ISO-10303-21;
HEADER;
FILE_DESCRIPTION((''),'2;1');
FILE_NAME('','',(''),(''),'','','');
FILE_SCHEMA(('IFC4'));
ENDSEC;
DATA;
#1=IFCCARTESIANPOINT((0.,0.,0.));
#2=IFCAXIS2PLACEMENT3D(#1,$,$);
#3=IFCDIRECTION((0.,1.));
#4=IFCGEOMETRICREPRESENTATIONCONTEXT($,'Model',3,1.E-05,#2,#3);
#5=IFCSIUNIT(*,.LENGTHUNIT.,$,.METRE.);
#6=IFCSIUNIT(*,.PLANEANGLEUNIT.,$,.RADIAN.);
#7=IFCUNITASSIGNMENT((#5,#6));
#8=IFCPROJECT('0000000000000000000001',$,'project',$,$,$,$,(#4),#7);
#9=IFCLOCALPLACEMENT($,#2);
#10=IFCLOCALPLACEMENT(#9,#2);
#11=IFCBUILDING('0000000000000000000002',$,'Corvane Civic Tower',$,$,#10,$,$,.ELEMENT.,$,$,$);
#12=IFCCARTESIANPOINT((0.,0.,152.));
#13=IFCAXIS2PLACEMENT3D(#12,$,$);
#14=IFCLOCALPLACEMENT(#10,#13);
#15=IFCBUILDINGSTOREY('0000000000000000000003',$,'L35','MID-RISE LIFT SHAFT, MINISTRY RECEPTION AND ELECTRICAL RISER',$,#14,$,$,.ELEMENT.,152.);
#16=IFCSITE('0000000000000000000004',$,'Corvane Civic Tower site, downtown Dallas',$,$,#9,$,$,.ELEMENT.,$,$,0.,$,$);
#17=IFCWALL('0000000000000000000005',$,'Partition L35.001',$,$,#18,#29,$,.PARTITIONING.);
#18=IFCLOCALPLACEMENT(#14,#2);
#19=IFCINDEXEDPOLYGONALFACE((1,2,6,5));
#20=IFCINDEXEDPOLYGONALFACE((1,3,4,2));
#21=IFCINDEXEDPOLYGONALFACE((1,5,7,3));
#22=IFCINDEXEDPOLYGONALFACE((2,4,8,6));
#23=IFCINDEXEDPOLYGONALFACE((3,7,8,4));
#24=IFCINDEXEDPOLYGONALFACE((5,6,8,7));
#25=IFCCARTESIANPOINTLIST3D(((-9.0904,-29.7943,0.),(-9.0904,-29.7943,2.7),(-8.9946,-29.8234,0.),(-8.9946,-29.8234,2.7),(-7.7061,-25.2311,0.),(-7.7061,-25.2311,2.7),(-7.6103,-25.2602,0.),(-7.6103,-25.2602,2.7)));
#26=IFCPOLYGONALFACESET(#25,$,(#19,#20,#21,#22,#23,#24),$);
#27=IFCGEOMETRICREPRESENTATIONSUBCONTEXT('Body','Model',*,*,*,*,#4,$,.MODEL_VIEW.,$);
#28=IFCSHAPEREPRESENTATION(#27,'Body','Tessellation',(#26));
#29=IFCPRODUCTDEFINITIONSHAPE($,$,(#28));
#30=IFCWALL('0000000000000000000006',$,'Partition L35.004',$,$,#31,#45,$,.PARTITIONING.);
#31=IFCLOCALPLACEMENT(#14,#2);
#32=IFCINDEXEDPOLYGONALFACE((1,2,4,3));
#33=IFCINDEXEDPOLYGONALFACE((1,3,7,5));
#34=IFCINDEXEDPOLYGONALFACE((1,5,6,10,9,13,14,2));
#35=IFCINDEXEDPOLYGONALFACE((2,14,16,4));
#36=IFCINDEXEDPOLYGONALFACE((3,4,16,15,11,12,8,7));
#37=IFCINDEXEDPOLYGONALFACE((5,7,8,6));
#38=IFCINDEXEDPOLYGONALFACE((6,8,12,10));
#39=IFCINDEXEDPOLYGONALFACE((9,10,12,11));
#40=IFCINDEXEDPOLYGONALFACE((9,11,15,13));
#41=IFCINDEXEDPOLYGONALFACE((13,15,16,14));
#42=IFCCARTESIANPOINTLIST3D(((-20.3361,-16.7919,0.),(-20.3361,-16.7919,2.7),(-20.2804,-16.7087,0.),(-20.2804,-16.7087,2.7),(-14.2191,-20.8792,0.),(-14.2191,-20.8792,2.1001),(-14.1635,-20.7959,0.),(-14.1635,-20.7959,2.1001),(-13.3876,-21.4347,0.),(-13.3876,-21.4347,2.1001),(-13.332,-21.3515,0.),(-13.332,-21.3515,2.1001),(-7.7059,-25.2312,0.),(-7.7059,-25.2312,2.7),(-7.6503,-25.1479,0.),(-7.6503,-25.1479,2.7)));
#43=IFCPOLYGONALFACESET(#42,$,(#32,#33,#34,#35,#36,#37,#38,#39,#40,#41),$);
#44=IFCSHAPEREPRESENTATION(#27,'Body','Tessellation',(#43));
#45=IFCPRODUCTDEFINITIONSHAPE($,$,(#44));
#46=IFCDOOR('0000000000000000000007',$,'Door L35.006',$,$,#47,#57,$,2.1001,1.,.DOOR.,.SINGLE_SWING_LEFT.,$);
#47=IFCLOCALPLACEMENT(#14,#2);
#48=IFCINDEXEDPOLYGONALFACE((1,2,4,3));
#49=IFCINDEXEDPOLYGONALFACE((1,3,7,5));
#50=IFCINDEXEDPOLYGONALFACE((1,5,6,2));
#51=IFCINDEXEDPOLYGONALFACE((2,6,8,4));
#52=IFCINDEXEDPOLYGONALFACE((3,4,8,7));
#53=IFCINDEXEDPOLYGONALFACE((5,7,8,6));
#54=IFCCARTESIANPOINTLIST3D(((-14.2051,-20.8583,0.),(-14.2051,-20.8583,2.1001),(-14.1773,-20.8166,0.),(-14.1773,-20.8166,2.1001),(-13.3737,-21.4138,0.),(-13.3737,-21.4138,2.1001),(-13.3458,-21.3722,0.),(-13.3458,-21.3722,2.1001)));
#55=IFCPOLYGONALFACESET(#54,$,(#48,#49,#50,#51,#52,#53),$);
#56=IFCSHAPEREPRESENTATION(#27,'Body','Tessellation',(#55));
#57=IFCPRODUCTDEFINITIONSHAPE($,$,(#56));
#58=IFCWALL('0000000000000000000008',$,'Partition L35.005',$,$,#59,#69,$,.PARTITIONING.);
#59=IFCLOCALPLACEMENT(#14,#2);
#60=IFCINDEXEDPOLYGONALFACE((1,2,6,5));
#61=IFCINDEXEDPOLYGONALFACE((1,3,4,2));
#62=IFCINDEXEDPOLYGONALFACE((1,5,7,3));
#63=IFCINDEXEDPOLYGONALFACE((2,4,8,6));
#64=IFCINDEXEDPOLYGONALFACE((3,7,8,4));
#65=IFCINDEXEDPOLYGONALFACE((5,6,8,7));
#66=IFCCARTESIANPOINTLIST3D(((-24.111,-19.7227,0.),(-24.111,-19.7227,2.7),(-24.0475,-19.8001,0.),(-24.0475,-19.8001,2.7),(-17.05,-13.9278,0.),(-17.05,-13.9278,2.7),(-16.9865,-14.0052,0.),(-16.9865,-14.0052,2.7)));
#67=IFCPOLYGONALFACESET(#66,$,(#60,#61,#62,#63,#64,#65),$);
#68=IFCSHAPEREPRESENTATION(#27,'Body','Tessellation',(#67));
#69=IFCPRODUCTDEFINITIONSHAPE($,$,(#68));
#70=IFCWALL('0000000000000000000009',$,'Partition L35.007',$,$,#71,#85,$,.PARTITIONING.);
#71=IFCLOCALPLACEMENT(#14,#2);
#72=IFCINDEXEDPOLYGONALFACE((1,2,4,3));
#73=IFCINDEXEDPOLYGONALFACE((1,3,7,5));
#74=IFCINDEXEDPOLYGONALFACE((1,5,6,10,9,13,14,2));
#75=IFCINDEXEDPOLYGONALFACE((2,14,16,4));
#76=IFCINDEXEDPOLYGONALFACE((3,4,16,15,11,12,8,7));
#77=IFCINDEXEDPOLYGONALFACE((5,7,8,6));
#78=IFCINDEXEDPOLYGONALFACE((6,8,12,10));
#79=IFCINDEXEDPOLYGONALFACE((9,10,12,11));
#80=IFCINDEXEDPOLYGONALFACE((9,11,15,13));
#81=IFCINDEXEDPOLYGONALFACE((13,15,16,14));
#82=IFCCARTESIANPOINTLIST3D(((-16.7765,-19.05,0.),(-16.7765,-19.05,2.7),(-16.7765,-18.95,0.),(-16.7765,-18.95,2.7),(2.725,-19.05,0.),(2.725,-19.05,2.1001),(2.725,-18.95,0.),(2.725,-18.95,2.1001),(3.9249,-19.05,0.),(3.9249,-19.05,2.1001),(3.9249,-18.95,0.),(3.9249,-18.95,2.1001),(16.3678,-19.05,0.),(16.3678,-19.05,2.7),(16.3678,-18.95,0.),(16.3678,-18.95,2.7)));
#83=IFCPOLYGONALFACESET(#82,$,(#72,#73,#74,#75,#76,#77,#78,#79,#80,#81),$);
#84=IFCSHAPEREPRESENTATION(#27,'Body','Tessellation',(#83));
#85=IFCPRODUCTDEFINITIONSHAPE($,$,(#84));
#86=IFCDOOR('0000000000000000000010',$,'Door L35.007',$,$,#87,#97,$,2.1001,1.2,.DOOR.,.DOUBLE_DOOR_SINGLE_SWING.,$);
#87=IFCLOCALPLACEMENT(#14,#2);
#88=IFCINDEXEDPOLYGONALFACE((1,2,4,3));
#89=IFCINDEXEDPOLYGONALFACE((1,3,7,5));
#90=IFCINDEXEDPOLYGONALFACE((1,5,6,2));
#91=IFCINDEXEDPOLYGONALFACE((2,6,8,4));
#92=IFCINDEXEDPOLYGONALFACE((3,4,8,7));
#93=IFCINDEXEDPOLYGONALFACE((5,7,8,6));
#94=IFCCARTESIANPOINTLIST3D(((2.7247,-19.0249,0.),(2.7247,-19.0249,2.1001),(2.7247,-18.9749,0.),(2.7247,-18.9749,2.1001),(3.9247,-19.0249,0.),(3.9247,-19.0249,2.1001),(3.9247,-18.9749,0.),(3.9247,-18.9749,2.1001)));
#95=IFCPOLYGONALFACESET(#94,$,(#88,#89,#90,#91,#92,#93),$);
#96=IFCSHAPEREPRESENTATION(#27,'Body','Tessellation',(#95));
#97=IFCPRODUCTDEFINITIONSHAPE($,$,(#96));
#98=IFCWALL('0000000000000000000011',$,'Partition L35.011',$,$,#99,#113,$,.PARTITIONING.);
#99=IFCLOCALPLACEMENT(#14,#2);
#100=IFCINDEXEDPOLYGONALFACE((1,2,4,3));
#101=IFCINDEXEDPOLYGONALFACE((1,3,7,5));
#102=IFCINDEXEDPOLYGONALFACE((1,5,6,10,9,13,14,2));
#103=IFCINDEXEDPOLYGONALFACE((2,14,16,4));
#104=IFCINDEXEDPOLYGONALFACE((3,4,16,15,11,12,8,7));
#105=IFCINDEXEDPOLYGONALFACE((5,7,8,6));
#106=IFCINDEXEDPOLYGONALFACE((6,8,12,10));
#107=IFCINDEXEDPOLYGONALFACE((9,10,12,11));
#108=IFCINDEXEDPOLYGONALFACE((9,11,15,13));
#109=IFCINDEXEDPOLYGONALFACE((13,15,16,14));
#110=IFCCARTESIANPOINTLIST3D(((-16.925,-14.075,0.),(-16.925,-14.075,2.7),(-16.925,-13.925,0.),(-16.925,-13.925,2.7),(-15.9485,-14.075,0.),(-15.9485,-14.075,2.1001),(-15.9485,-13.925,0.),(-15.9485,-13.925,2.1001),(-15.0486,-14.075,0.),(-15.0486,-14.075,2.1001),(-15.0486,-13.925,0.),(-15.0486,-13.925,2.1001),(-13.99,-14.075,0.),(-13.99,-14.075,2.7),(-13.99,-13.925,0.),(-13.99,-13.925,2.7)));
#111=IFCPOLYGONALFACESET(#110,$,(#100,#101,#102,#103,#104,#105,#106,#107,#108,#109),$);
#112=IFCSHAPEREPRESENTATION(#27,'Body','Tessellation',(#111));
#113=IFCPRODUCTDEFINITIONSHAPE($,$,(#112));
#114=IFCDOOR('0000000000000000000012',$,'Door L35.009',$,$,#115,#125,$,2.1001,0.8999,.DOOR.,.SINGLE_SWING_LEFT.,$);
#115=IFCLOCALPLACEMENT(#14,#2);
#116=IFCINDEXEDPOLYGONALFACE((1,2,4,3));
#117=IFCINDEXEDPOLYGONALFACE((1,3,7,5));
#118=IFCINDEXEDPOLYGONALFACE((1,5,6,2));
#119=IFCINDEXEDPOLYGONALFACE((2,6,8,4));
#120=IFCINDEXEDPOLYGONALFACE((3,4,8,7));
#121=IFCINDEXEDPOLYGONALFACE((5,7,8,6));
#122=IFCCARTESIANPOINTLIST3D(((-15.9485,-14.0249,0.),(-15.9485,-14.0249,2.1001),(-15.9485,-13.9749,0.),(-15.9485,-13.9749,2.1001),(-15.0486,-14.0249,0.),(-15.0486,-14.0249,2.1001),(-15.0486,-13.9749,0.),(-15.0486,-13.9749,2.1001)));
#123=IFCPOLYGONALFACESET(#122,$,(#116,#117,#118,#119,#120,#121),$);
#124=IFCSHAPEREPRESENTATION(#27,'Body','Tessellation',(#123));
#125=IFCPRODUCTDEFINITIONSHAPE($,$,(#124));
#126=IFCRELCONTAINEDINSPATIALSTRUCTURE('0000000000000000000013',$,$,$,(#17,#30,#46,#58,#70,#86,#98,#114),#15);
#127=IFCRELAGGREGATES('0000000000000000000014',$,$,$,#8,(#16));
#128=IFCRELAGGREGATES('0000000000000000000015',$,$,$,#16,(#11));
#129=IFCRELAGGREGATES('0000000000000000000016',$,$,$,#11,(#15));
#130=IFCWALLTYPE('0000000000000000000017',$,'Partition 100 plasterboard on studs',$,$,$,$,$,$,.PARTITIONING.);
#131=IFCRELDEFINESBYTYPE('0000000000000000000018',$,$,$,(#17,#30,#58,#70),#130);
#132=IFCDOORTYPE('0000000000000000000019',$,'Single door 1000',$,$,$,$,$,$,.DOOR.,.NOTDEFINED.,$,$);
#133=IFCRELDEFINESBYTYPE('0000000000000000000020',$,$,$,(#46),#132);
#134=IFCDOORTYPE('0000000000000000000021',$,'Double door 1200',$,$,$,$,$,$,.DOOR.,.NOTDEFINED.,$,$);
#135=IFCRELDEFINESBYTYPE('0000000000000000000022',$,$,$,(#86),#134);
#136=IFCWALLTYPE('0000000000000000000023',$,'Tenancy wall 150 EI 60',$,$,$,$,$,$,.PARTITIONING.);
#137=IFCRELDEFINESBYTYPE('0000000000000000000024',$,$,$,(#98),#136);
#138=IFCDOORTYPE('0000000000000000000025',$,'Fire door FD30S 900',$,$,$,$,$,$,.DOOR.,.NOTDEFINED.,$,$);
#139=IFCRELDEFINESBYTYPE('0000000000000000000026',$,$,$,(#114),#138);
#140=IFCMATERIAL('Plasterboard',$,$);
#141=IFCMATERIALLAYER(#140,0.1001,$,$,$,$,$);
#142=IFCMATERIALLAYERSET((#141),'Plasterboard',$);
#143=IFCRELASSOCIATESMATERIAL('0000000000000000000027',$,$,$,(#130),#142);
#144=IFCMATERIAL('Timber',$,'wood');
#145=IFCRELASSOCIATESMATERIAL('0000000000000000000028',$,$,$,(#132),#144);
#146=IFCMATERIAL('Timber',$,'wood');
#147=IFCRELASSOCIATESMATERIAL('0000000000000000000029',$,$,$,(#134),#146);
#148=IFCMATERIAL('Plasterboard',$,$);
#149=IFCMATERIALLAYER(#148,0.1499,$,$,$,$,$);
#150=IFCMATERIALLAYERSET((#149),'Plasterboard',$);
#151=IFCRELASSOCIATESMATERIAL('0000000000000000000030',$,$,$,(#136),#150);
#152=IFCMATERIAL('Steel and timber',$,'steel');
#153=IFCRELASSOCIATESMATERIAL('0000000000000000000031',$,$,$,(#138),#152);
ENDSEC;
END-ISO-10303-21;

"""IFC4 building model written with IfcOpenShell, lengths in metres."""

from ifc_helpers import new_model, si_unit, direction, frame, frame_2d, origin, place, context, subcontext, project, spatial, rectangle, extrude, material, layer, layer_set, type_object, element, fill, save


model = new_model("IFC4")

# Units and contexts
model_context = context("Model", 3, precision=1e-05, world=origin(), true_north=direction((0.0, 1.0)))
body_context = subcontext(model_context, "Body", "Model", "MODEL_VIEW")
ifc_project = project(units=[si_unit("LENGTHUNIT", "METRE"), si_unit("PLANEANGLEUNIT", "RADIAN")], contexts=[model_context])

# Site, building, storey
site_placement = place(None, origin())
site = spatial("IfcSite", under=ifc_project, at=site_placement, Name="Corvane Civic Tower site, downtown Dallas", CompositionType="ELEMENT", RefElevation=0.0)
building_placement = place(site_placement, origin())
building = spatial("IfcBuilding", under=site, at=building_placement, Name="Corvane Civic Tower", CompositionType="ELEMENT")
storey_placement = place(building_placement, frame((0.0, 0.0, 152.0)))
storey = spatial("IfcBuildingStorey", under=building, at=storey_placement, Name="L35", Description="MID-RISE LIFT SHAFT, MINISTRY RECEPTION AND ELECTRICAL RISER", CompositionType="ELEMENT", Elevation=152.0)

# Wall
ifc_material_1 = material(Name="Plasterboard")
ifc_layer_1 = layer(ifc_material_1, 0.1001)
ifc_layer_set_1 = layer_set([ifc_layer_1], Name="Plasterboard")
wall_type_1 = type_object("IfcWallType", Name="Partition 100 plasterboard on studs", PredefinedType="PARTITIONING", material=ifc_layer_set_1)
wall_1_placement = place(storey_placement, frame((-9.0425, -29.8088, 0.0), z_axis=(0.0, 0.0, 1.0), x_axis=(0.290292, 0.956938, 0.0)))
element("IfcWall", 1, at=wall_1_placement, inside=storey, type_object=wall_type_1, Name="Partition L35.001", PredefinedType="PARTITIONING", context=body_context, shape_type="SweptSolid", body=[
    extrude(rectangle(XDim=4.7686, YDim=0.1001, at=frame_2d((2.3843, 0.0))), origin(), (0.0, 0.0, 1.0), 2.7),
])

# Wall, opening, door
wall_2_placement = place(storey_placement, frame((-20.3083, -16.7502, 0.0), z_axis=(0.0, 0.0, 1.0), x_axis=(0.831469, -0.555572, 0.0)))
wall_2 = element("IfcWall", 2, at=wall_2_placement, inside=storey, type_object=wall_type_1, Name="Partition L35.004", PredefinedType="PARTITIONING", context=body_context, shape_type="SweptSolid", body=[
    extrude(rectangle(XDim=15.1902, YDim=0.1001, at=frame_2d((7.5952, 0.0))), origin(), (0.0, 0.0, 1.0), 2.7),
])
opening_1_placement = place(wall_2_placement, frame((7.3569, 0.0, 0.0)))
opening_1 = element("IfcOpeningElement", 3, at=opening_1_placement, cuts=wall_2, PredefinedType="OPENING", context=body_context, shape_type="SweptSolid", body=[
    extrude(rectangle(XDim=1.0, YDim=2.1001, at=frame_2d((0.5, 1.05))), frame((0.0, 0.0601, 0.0), z_axis=(0.0, -1.0, 0.0), x_axis=(1.0, 0.0, 0.0)), (0.0, 0.0, 1.0), 0.1201),
])
ifc_material_2 = material(Name="Timber", Category="wood")
door_type_1 = type_object("IfcDoorType", Name="Single door 1000", OperationType="NOTDEFINED", PredefinedType="DOOR", material=ifc_material_2)
door_1_placement = place(opening_1_placement, frame((1.0, 0.0, 0.0), z_axis=(0.0, 0.0, 1.0), x_axis=(-1.0, 0.0, 0.0)))
door_1 = element("IfcDoor", 4, at=door_1_placement, inside=storey, type_object=door_type_1, Name="Door L35.006", OperationType="SINGLE_SWING_LEFT", OverallHeight=2.1001, OverallWidth=1.0, PredefinedType="DOOR", context=body_context, shape_type="SweptSolid", body=[
    extrude(rectangle(XDim=1.0, YDim=2.1001, at=frame_2d((0.5, 1.05))), frame((0.0, 0.0249, 0.0), z_axis=(0.0, -1.0, 0.0), x_axis=(1.0, 0.0, 0.0)), (0.0, 0.0, 1.0), 0.05),
])
fill(opening_1, door_1)

# Wall
wall_3_placement = place(storey_placement, frame((-24.0793, -19.7615, 0.0), z_axis=(0.0, 0.0, 1.0), x_axis=(0.773006, 0.634399, 0.0)))
element("IfcWall", 5, at=wall_3_placement, inside=storey, type_object=wall_type_1, Name="Partition L35.005", PredefinedType="PARTITIONING", context=body_context, shape_type="SweptSolid", body=[
    extrude(rectangle(XDim=9.1345, YDim=0.1001, at=frame_2d((4.5674, 0.0))), origin(), (0.0, 0.0, 1.0), 2.7),
])

# Walls, openings, doors
wall_4_placement = place(storey_placement, frame((-16.7766, -19.0, 0.0), z_axis=(0.0, 0.0, 1.0), x_axis=(1.0, 0.0, 0.0)))
wall_4 = element("IfcWall", 6, at=wall_4_placement, inside=storey, type_object=wall_type_1, Name="Partition L35.007", PredefinedType="PARTITIONING", context=body_context, shape_type="SweptSolid", body=[
    extrude(rectangle(XDim=33.1443, YDim=0.1001, at=frame_2d((16.5723, 0.0))), origin(), (0.0, 0.0, 1.0), 2.7),
])
opening_2_placement = place(wall_4_placement, frame((19.5015, 0.0, 0.0)))
opening_2 = element("IfcOpeningElement", 7, at=opening_2_placement, cuts=wall_4, PredefinedType="OPENING", context=body_context, shape_type="SweptSolid", body=[
    extrude(rectangle(XDim=1.2, YDim=2.1001, at=frame_2d((0.6001, 1.05))), frame((0.0, 0.0601, 0.0), z_axis=(0.0, -1.0, 0.0), x_axis=(1.0, 0.0, 0.0)), (0.0, 0.0, 1.0), 0.1201),
])
ifc_material_3 = material(Name="Timber", Category="wood")
door_type_2 = type_object("IfcDoorType", Name="Double door 1200", OperationType="NOTDEFINED", PredefinedType="DOOR", material=ifc_material_3)
door_2_placement = place(opening_2_placement, frame((1.2, 0.0, 0.0), z_axis=(0.0, 0.0, 1.0), x_axis=(-1.0, 0.0, 0.0)))
door_2 = element("IfcDoor", 8, at=door_2_placement, inside=storey, type_object=door_type_2, Name="Door L35.007", OperationType="DOUBLE_DOOR_SINGLE_SWING", OverallHeight=2.1001, OverallWidth=1.2, PredefinedType="DOOR", context=body_context, shape_type="SweptSolid", body=[
    extrude(rectangle(XDim=1.2, YDim=2.1001, at=frame_2d((0.6001, 1.05))), frame((0.0, 0.0249, 0.0), z_axis=(0.0, -1.0, 0.0), x_axis=(1.0, 0.0, 0.0)), (0.0, 0.0, 1.0), 0.05),
])
fill(opening_2, door_2)
ifc_material_4 = material(Name="Plasterboard")
ifc_layer_2 = layer(ifc_material_4, 0.1499)
ifc_layer_set_2 = layer_set([ifc_layer_2], Name="Plasterboard")
wall_type_2 = type_object("IfcWallType", Name="Tenancy wall 150 EI 60", PredefinedType="PARTITIONING", material=ifc_layer_set_2)
wall_5_placement = place(storey_placement, frame((-16.925, -14.0, 0.0), z_axis=(0.0, 0.0, 1.0), x_axis=(1.0, 0.0, 0.0)))
wall_5 = element("IfcWall", 9, at=wall_5_placement, inside=storey, type_object=wall_type_2, Name="Partition L35.011", PredefinedType="PARTITIONING", context=body_context, shape_type="SweptSolid", body=[
    extrude(rectangle(XDim=2.9351, YDim=0.1499, at=frame_2d((1.4675, 0.0))), origin(), (0.0, 0.0, 1.0), 2.7),
])
opening_3_placement = place(wall_5_placement, frame((0.9766, 0.0, 0.0)))
opening_3 = element("IfcOpeningElement", 10, at=opening_3_placement, cuts=wall_5, PredefinedType="OPENING", context=body_context, shape_type="SweptSolid", body=[
    extrude(rectangle(XDim=0.8999, YDim=2.1001, at=frame_2d((0.45, 1.05))), frame((0.0, 0.085, 0.0), z_axis=(0.0, -1.0, 0.0), x_axis=(1.0, 0.0, 0.0)), (0.0, 0.0, 1.0), 0.1699),
])
ifc_material_5 = material(Name="Steel and timber", Category="steel")
door_type_3 = type_object("IfcDoorType", Name="Fire door FD30S 900", OperationType="NOTDEFINED", PredefinedType="DOOR", material=ifc_material_5)
door_3_placement = place(opening_3_placement, frame((0.8999, 0.0, 0.0), z_axis=(0.0, 0.0, 1.0), x_axis=(-1.0, 0.0, 0.0)))
door_3 = element("IfcDoor", 11, at=door_3_placement, inside=storey, type_object=door_type_3, Name="Door L35.009", OperationType="SINGLE_SWING_LEFT", OverallHeight=2.1001, OverallWidth=0.8999, PredefinedType="DOOR", context=body_context, shape_type="SweptSolid", body=[
    extrude(rectangle(XDim=0.8999, YDim=2.1001, at=frame_2d((0.45, 1.05))), frame((0.0, 0.0249, 0.0), z_axis=(0.0, -1.0, 0.0), x_axis=(1.0, 0.0, 0.0)), (0.0, 0.0, 1.0), 0.05),
])
fill(opening_3, door_3)

save(model, "model.ifc")
